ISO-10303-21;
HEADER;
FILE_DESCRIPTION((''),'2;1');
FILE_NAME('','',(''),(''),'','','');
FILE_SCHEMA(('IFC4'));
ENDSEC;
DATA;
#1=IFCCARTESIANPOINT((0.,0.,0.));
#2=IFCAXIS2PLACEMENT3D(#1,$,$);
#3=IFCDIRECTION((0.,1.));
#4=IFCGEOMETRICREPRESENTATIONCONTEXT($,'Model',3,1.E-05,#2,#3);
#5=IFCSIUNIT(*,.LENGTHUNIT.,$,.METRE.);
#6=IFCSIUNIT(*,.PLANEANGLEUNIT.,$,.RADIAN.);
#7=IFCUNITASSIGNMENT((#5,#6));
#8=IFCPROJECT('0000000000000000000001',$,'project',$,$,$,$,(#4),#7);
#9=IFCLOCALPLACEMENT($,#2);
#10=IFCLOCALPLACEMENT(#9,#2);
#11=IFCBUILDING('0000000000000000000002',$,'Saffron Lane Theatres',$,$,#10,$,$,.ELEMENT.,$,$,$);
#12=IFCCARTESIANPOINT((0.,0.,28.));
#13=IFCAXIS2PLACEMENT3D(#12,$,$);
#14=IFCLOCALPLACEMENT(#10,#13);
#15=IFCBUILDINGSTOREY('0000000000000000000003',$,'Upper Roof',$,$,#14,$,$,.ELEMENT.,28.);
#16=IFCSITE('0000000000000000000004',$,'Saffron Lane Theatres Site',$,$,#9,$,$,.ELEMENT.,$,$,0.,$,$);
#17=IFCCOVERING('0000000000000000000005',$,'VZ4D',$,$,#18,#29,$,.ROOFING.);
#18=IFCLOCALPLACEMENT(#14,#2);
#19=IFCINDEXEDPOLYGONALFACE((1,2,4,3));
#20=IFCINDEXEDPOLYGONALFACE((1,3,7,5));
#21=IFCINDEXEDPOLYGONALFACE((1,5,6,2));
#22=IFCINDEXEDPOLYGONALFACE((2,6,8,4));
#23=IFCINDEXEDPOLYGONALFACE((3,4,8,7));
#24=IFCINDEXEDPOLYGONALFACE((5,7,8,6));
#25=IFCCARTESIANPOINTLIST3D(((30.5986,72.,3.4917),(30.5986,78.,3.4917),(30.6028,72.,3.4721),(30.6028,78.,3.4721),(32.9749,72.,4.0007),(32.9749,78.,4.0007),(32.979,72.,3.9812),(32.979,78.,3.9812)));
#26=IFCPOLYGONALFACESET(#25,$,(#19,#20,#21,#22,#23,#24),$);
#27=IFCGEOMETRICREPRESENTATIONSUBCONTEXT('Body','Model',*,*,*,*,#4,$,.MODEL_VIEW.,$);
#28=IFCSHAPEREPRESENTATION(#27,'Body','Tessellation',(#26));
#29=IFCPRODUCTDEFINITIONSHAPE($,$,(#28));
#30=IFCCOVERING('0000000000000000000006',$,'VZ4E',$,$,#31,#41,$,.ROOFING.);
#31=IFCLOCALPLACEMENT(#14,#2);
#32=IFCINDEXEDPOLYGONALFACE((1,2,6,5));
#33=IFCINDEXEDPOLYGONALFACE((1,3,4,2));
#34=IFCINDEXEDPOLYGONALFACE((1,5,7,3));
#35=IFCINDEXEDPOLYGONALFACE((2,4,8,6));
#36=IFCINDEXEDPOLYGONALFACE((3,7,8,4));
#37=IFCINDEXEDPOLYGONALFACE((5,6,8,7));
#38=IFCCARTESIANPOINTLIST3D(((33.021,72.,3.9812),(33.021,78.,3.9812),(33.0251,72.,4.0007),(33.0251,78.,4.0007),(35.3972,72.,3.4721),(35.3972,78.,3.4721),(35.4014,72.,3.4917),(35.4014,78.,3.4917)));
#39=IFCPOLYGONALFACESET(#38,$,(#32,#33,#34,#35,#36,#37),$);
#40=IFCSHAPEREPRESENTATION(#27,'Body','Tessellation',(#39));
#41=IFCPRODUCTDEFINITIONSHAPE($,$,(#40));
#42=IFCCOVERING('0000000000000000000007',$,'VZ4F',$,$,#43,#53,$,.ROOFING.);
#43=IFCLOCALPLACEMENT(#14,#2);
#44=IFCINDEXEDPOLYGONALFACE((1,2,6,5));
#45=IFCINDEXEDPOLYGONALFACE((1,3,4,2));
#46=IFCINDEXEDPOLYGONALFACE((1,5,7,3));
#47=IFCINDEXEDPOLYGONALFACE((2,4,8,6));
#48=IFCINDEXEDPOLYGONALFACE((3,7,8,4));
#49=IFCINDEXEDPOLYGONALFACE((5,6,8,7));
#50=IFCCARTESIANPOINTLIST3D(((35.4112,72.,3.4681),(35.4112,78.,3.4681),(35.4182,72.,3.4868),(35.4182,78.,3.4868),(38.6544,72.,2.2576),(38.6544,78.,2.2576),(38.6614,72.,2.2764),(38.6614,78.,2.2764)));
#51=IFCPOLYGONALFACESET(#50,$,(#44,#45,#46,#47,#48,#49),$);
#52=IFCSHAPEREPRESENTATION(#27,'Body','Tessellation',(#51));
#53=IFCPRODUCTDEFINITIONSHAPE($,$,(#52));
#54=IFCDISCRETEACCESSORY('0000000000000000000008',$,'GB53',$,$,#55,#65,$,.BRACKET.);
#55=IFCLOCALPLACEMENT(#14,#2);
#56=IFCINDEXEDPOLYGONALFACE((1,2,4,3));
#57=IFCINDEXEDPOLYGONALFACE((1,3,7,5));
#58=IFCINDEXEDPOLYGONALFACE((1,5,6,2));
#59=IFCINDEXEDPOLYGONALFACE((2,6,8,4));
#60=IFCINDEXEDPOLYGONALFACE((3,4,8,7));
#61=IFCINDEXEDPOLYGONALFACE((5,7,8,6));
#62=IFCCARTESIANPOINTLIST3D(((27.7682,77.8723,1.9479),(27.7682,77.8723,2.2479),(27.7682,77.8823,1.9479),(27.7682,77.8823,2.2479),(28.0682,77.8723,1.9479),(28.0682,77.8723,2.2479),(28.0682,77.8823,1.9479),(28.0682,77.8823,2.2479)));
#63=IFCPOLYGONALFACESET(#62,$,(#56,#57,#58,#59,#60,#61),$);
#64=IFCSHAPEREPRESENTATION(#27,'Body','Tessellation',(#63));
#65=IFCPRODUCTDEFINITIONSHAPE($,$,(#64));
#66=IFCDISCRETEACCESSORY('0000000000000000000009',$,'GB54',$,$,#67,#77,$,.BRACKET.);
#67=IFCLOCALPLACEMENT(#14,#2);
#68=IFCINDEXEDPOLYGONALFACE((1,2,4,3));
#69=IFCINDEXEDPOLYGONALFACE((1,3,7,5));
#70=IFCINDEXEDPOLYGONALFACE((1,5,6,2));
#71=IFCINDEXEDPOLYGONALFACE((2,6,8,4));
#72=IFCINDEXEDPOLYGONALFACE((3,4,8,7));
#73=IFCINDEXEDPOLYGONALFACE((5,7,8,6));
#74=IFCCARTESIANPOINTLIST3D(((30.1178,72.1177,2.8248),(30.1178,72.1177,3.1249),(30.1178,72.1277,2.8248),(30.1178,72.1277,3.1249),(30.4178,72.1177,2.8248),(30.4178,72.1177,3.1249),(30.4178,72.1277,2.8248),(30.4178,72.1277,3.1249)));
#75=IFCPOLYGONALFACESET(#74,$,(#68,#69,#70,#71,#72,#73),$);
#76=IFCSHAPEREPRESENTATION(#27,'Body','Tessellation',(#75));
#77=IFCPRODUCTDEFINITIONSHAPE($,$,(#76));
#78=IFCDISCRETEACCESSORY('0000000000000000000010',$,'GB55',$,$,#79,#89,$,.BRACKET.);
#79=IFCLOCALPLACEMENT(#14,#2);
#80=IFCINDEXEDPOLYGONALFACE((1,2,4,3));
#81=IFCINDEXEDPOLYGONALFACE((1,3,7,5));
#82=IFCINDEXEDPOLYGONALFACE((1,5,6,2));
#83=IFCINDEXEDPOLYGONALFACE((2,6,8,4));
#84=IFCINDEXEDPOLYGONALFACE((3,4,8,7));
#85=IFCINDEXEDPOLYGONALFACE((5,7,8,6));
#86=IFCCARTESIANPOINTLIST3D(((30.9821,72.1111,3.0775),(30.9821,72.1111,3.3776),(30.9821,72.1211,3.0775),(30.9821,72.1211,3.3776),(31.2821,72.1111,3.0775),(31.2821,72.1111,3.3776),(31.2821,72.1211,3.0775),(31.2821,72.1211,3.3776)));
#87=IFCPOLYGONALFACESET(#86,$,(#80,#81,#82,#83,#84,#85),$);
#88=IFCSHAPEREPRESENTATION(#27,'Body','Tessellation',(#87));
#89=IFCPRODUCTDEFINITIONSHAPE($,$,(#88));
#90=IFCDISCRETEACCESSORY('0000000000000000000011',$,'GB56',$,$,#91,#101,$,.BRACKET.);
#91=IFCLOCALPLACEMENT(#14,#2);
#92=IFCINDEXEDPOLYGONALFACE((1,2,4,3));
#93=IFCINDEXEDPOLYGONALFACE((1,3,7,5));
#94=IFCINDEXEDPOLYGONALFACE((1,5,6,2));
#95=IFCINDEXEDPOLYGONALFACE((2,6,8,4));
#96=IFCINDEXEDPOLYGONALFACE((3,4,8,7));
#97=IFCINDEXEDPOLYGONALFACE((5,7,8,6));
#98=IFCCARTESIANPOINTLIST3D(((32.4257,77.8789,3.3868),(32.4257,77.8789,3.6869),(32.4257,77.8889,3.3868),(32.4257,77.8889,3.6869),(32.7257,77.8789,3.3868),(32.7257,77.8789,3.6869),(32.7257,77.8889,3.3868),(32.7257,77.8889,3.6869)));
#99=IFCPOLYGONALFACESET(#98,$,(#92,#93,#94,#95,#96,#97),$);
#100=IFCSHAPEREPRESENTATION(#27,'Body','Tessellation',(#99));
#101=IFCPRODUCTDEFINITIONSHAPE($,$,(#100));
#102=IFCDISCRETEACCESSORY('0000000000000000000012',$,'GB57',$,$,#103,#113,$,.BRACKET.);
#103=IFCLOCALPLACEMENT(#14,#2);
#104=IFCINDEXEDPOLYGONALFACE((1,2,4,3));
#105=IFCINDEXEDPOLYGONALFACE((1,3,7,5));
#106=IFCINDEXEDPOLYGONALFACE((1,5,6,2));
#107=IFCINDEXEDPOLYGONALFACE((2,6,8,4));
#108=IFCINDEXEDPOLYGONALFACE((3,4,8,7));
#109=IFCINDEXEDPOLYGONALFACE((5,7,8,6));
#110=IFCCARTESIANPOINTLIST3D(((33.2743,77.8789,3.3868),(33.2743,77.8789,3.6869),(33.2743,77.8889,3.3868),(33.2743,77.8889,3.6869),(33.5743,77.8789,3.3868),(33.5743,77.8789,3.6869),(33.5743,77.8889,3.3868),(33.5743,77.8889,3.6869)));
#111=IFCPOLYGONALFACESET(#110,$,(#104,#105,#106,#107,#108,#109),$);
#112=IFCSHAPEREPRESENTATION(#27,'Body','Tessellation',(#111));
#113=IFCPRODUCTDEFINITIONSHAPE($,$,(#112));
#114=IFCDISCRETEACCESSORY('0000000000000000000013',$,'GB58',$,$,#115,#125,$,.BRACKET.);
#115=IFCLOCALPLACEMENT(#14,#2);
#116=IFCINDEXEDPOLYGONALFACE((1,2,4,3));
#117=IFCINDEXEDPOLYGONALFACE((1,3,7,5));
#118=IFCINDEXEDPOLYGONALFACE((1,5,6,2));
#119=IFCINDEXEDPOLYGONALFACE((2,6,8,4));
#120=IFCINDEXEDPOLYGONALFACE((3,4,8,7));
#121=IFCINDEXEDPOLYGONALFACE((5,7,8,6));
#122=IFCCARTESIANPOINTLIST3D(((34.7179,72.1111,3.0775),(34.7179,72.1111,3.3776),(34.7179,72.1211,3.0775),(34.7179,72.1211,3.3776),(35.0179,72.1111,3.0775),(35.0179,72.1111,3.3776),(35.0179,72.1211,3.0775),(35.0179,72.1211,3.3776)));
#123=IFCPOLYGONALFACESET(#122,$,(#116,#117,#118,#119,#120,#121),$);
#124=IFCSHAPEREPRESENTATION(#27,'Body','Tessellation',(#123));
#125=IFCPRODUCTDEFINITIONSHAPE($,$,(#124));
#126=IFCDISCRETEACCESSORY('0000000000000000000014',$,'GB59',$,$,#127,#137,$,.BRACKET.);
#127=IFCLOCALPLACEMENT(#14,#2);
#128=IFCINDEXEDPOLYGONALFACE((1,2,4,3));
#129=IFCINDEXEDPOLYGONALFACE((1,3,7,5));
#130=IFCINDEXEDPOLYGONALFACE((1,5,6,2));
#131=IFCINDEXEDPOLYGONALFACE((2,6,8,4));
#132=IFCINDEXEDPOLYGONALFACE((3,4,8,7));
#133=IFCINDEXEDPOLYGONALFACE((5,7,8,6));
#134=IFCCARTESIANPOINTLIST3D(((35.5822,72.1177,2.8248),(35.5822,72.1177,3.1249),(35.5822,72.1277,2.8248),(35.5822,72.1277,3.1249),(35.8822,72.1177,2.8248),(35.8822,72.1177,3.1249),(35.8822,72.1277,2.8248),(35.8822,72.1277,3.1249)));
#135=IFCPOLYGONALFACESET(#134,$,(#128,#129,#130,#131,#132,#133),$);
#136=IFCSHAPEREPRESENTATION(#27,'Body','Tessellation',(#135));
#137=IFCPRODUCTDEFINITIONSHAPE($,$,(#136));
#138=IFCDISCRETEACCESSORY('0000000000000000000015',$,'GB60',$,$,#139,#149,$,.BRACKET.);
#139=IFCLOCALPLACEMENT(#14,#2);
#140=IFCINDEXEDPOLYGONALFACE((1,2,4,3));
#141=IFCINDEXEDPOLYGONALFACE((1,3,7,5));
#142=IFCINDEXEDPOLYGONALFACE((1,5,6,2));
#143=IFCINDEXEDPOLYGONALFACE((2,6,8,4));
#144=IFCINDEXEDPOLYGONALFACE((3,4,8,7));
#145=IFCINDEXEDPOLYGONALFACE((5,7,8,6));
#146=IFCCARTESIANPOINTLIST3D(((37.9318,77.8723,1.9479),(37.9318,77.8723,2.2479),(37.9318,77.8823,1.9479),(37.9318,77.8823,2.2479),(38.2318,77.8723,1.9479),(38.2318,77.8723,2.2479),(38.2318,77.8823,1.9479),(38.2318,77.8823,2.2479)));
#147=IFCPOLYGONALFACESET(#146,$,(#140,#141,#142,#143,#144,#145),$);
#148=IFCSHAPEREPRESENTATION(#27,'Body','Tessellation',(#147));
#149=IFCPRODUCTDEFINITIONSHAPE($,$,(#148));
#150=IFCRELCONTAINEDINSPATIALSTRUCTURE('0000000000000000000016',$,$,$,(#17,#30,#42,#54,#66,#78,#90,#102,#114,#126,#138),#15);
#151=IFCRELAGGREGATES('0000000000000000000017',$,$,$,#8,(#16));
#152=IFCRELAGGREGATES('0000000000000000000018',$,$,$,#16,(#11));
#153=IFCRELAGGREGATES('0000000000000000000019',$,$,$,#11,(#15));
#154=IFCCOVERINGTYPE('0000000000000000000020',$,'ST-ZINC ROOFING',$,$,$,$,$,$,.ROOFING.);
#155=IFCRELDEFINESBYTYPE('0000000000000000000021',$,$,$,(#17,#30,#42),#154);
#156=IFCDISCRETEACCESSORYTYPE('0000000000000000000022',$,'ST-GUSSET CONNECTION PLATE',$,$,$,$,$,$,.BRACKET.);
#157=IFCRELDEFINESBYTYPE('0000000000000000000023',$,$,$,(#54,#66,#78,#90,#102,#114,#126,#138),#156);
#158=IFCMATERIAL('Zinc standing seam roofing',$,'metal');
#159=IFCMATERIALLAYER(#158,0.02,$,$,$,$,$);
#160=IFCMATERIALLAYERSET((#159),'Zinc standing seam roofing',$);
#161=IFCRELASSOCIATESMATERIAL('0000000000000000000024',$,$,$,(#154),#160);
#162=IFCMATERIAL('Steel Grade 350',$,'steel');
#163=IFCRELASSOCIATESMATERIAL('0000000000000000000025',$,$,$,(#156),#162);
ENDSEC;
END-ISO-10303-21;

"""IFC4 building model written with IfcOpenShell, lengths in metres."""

from ifc_helpers import new_model, si_unit, direction, frame, origin, origin_2d, place, context, subcontext, project, spatial, polyline, rectangle, outline, extrude, material, layer, layer_set, material_profile, profile_set, type_object, element, save


model = new_model("IFC4")

# Units and contexts
model_context = context("Model", 3, precision=1e-05, world=origin(), true_north=direction((0.0, 1.0)))
body_context = subcontext(model_context, "Body", "Model", "MODEL_VIEW")
ifc_project = project(units=[si_unit("LENGTHUNIT", "METRE"), si_unit("PLANEANGLEUNIT", "RADIAN")], contexts=[model_context])

# Site, building, storey
site_placement = place(None, origin())
site = spatial("IfcSite", under=ifc_project, at=site_placement, Name="Saffron Lane Theatres Site", CompositionType="ELEMENT", RefElevation=0.0)
building_placement = place(site_placement, origin())
building = spatial("IfcBuilding", under=site, at=building_placement, Name="Saffron Lane Theatres", CompositionType="ELEMENT")
storey_placement = place(building_placement, frame((0.0, 0.0, 28.0)))
storey = spatial("IfcBuildingStorey", under=building, at=storey_placement, Name="Upper Roof", CompositionType="ELEMENT", Elevation=28.0)

# Coverings
ifc_material_1 = material(Name="Zinc standing seam roofing", Category="metal")
ifc_layer_1 = layer(ifc_material_1, 0.02)
ifc_layer_set_1 = layer_set([ifc_layer_1], Name="Zinc standing seam roofing")
covering_type = type_object("IfcCoveringType", Name="ST-ZINC ROOFING", PredefinedType="ROOFING", material=ifc_layer_set_1)
for number, where, z_axis, x_axis, name in (
    (1, (30.5986, 72.0, 3.4917), (-0.209467, 0.0, 0.977816), (0.977816, 0.0, 0.209467), "VZ4D"),
    (2, (33.0251, 72.0, 4.0007), (0.209467, 0.0, 0.977816), (0.977816, 0.0, -0.209467), "VZ4E"),
):
    element("IfcCovering", number, at=place(storey_placement, frame(where, z_axis=z_axis, x_axis=x_axis)), inside=storey, type_object=covering_type, Name=name, PredefinedType="ROOFING", context=body_context, shape_type="SweptSolid", body=[
        extrude(outline(polyline([(0.0, 0.0), (2.4301, 0.0), (2.4301, 6.0), (0.0, 6.0), (0.0, 0.0)])), origin(), (0.0, 0.0, -1.0), 0.02),
    ])
covering_1_placement = place(storey_placement, frame((35.4182, 72.0, 3.4868), z_axis=(0.34967, 0.0, 0.936873), x_axis=(0.936873, 0.0, -0.34967)))
element("IfcCovering", 3, at=covering_1_placement, inside=storey, type_object=covering_type, Name="VZ4F", PredefinedType="ROOFING", context=body_context, shape_type="SweptSolid", body=[
    extrude(outline(polyline([(0.0, 0.0), (3.4617, 0.0), (3.4617, 6.0), (0.0, 6.0), (0.0, 0.0)])), origin(), (0.0, 0.0, -1.0), 0.02),
])

# Discrete accessories
ifc_material_2 = material(Name="Steel Grade 350", Category="steel")
ifc_material_profile_1 = material_profile(ifc_material_2, rectangle(XDim=0.3, YDim=0.3, at=origin_2d()))
ifc_profile_set_1 = profile_set([ifc_material_profile_1], Name="Steel Grade 350")
discrete_accessory_type = type_object("IfcDiscreteAccessoryType", Name="ST-GUSSET CONNECTION PLATE", PredefinedType="BRACKET", material=ifc_profile_set_1)
for number, where, z_axis, x_axis, name in (
    (4, (27.9182, 77.8823, 2.0979), (0.0, -1.0, 0.0), (1.0, 0.0, 0.0), "GB53"),
    (5, (30.2678, 72.1177, 2.9749), (0.0, 1.0, 0.0), (-1.0, 0.0, 0.0), "GB54"),
    (6, (31.1321, 72.1111, 3.2275), (0.0, 1.0, 0.0), (-1.0, 0.0, 0.0), "GB55"),
    (7, (32.5757, 77.8889, 3.5369), (0.0, -1.0, 0.0), (1.0, 0.0, 0.0), "GB56"),
    (8, (33.4243, 77.8889, 3.5369), (0.0, -1.0, 0.0), (1.0, 0.0, 0.0), "GB57"),
    (9, (34.8679, 72.1111, 3.2275), (0.0, 1.0, 0.0), (-1.0, 0.0, 0.0), "GB58"),
    (10, (35.7322, 72.1177, 2.9749), (0.0, 1.0, 0.0), (-1.0, 0.0, 0.0), "GB59"),
    (11, (38.0818, 77.8823, 2.0979), (0.0, -1.0, 0.0), (1.0, 0.0, 0.0), "GB60"),
):
    element("IfcDiscreteAccessory", number, at=place(storey_placement, frame(where, z_axis=z_axis, x_axis=x_axis)), inside=storey, type_object=discrete_accessory_type, Name=name, PredefinedType="BRACKET", context=body_context, shape_type="SweptSolid", body=[
        extrude(rectangle(XDim=0.3, YDim=0.3, at=origin_2d()), origin(), (0.0, 0.0, 1.0), 0.01),
    ])

save(model, "model.ifc")
